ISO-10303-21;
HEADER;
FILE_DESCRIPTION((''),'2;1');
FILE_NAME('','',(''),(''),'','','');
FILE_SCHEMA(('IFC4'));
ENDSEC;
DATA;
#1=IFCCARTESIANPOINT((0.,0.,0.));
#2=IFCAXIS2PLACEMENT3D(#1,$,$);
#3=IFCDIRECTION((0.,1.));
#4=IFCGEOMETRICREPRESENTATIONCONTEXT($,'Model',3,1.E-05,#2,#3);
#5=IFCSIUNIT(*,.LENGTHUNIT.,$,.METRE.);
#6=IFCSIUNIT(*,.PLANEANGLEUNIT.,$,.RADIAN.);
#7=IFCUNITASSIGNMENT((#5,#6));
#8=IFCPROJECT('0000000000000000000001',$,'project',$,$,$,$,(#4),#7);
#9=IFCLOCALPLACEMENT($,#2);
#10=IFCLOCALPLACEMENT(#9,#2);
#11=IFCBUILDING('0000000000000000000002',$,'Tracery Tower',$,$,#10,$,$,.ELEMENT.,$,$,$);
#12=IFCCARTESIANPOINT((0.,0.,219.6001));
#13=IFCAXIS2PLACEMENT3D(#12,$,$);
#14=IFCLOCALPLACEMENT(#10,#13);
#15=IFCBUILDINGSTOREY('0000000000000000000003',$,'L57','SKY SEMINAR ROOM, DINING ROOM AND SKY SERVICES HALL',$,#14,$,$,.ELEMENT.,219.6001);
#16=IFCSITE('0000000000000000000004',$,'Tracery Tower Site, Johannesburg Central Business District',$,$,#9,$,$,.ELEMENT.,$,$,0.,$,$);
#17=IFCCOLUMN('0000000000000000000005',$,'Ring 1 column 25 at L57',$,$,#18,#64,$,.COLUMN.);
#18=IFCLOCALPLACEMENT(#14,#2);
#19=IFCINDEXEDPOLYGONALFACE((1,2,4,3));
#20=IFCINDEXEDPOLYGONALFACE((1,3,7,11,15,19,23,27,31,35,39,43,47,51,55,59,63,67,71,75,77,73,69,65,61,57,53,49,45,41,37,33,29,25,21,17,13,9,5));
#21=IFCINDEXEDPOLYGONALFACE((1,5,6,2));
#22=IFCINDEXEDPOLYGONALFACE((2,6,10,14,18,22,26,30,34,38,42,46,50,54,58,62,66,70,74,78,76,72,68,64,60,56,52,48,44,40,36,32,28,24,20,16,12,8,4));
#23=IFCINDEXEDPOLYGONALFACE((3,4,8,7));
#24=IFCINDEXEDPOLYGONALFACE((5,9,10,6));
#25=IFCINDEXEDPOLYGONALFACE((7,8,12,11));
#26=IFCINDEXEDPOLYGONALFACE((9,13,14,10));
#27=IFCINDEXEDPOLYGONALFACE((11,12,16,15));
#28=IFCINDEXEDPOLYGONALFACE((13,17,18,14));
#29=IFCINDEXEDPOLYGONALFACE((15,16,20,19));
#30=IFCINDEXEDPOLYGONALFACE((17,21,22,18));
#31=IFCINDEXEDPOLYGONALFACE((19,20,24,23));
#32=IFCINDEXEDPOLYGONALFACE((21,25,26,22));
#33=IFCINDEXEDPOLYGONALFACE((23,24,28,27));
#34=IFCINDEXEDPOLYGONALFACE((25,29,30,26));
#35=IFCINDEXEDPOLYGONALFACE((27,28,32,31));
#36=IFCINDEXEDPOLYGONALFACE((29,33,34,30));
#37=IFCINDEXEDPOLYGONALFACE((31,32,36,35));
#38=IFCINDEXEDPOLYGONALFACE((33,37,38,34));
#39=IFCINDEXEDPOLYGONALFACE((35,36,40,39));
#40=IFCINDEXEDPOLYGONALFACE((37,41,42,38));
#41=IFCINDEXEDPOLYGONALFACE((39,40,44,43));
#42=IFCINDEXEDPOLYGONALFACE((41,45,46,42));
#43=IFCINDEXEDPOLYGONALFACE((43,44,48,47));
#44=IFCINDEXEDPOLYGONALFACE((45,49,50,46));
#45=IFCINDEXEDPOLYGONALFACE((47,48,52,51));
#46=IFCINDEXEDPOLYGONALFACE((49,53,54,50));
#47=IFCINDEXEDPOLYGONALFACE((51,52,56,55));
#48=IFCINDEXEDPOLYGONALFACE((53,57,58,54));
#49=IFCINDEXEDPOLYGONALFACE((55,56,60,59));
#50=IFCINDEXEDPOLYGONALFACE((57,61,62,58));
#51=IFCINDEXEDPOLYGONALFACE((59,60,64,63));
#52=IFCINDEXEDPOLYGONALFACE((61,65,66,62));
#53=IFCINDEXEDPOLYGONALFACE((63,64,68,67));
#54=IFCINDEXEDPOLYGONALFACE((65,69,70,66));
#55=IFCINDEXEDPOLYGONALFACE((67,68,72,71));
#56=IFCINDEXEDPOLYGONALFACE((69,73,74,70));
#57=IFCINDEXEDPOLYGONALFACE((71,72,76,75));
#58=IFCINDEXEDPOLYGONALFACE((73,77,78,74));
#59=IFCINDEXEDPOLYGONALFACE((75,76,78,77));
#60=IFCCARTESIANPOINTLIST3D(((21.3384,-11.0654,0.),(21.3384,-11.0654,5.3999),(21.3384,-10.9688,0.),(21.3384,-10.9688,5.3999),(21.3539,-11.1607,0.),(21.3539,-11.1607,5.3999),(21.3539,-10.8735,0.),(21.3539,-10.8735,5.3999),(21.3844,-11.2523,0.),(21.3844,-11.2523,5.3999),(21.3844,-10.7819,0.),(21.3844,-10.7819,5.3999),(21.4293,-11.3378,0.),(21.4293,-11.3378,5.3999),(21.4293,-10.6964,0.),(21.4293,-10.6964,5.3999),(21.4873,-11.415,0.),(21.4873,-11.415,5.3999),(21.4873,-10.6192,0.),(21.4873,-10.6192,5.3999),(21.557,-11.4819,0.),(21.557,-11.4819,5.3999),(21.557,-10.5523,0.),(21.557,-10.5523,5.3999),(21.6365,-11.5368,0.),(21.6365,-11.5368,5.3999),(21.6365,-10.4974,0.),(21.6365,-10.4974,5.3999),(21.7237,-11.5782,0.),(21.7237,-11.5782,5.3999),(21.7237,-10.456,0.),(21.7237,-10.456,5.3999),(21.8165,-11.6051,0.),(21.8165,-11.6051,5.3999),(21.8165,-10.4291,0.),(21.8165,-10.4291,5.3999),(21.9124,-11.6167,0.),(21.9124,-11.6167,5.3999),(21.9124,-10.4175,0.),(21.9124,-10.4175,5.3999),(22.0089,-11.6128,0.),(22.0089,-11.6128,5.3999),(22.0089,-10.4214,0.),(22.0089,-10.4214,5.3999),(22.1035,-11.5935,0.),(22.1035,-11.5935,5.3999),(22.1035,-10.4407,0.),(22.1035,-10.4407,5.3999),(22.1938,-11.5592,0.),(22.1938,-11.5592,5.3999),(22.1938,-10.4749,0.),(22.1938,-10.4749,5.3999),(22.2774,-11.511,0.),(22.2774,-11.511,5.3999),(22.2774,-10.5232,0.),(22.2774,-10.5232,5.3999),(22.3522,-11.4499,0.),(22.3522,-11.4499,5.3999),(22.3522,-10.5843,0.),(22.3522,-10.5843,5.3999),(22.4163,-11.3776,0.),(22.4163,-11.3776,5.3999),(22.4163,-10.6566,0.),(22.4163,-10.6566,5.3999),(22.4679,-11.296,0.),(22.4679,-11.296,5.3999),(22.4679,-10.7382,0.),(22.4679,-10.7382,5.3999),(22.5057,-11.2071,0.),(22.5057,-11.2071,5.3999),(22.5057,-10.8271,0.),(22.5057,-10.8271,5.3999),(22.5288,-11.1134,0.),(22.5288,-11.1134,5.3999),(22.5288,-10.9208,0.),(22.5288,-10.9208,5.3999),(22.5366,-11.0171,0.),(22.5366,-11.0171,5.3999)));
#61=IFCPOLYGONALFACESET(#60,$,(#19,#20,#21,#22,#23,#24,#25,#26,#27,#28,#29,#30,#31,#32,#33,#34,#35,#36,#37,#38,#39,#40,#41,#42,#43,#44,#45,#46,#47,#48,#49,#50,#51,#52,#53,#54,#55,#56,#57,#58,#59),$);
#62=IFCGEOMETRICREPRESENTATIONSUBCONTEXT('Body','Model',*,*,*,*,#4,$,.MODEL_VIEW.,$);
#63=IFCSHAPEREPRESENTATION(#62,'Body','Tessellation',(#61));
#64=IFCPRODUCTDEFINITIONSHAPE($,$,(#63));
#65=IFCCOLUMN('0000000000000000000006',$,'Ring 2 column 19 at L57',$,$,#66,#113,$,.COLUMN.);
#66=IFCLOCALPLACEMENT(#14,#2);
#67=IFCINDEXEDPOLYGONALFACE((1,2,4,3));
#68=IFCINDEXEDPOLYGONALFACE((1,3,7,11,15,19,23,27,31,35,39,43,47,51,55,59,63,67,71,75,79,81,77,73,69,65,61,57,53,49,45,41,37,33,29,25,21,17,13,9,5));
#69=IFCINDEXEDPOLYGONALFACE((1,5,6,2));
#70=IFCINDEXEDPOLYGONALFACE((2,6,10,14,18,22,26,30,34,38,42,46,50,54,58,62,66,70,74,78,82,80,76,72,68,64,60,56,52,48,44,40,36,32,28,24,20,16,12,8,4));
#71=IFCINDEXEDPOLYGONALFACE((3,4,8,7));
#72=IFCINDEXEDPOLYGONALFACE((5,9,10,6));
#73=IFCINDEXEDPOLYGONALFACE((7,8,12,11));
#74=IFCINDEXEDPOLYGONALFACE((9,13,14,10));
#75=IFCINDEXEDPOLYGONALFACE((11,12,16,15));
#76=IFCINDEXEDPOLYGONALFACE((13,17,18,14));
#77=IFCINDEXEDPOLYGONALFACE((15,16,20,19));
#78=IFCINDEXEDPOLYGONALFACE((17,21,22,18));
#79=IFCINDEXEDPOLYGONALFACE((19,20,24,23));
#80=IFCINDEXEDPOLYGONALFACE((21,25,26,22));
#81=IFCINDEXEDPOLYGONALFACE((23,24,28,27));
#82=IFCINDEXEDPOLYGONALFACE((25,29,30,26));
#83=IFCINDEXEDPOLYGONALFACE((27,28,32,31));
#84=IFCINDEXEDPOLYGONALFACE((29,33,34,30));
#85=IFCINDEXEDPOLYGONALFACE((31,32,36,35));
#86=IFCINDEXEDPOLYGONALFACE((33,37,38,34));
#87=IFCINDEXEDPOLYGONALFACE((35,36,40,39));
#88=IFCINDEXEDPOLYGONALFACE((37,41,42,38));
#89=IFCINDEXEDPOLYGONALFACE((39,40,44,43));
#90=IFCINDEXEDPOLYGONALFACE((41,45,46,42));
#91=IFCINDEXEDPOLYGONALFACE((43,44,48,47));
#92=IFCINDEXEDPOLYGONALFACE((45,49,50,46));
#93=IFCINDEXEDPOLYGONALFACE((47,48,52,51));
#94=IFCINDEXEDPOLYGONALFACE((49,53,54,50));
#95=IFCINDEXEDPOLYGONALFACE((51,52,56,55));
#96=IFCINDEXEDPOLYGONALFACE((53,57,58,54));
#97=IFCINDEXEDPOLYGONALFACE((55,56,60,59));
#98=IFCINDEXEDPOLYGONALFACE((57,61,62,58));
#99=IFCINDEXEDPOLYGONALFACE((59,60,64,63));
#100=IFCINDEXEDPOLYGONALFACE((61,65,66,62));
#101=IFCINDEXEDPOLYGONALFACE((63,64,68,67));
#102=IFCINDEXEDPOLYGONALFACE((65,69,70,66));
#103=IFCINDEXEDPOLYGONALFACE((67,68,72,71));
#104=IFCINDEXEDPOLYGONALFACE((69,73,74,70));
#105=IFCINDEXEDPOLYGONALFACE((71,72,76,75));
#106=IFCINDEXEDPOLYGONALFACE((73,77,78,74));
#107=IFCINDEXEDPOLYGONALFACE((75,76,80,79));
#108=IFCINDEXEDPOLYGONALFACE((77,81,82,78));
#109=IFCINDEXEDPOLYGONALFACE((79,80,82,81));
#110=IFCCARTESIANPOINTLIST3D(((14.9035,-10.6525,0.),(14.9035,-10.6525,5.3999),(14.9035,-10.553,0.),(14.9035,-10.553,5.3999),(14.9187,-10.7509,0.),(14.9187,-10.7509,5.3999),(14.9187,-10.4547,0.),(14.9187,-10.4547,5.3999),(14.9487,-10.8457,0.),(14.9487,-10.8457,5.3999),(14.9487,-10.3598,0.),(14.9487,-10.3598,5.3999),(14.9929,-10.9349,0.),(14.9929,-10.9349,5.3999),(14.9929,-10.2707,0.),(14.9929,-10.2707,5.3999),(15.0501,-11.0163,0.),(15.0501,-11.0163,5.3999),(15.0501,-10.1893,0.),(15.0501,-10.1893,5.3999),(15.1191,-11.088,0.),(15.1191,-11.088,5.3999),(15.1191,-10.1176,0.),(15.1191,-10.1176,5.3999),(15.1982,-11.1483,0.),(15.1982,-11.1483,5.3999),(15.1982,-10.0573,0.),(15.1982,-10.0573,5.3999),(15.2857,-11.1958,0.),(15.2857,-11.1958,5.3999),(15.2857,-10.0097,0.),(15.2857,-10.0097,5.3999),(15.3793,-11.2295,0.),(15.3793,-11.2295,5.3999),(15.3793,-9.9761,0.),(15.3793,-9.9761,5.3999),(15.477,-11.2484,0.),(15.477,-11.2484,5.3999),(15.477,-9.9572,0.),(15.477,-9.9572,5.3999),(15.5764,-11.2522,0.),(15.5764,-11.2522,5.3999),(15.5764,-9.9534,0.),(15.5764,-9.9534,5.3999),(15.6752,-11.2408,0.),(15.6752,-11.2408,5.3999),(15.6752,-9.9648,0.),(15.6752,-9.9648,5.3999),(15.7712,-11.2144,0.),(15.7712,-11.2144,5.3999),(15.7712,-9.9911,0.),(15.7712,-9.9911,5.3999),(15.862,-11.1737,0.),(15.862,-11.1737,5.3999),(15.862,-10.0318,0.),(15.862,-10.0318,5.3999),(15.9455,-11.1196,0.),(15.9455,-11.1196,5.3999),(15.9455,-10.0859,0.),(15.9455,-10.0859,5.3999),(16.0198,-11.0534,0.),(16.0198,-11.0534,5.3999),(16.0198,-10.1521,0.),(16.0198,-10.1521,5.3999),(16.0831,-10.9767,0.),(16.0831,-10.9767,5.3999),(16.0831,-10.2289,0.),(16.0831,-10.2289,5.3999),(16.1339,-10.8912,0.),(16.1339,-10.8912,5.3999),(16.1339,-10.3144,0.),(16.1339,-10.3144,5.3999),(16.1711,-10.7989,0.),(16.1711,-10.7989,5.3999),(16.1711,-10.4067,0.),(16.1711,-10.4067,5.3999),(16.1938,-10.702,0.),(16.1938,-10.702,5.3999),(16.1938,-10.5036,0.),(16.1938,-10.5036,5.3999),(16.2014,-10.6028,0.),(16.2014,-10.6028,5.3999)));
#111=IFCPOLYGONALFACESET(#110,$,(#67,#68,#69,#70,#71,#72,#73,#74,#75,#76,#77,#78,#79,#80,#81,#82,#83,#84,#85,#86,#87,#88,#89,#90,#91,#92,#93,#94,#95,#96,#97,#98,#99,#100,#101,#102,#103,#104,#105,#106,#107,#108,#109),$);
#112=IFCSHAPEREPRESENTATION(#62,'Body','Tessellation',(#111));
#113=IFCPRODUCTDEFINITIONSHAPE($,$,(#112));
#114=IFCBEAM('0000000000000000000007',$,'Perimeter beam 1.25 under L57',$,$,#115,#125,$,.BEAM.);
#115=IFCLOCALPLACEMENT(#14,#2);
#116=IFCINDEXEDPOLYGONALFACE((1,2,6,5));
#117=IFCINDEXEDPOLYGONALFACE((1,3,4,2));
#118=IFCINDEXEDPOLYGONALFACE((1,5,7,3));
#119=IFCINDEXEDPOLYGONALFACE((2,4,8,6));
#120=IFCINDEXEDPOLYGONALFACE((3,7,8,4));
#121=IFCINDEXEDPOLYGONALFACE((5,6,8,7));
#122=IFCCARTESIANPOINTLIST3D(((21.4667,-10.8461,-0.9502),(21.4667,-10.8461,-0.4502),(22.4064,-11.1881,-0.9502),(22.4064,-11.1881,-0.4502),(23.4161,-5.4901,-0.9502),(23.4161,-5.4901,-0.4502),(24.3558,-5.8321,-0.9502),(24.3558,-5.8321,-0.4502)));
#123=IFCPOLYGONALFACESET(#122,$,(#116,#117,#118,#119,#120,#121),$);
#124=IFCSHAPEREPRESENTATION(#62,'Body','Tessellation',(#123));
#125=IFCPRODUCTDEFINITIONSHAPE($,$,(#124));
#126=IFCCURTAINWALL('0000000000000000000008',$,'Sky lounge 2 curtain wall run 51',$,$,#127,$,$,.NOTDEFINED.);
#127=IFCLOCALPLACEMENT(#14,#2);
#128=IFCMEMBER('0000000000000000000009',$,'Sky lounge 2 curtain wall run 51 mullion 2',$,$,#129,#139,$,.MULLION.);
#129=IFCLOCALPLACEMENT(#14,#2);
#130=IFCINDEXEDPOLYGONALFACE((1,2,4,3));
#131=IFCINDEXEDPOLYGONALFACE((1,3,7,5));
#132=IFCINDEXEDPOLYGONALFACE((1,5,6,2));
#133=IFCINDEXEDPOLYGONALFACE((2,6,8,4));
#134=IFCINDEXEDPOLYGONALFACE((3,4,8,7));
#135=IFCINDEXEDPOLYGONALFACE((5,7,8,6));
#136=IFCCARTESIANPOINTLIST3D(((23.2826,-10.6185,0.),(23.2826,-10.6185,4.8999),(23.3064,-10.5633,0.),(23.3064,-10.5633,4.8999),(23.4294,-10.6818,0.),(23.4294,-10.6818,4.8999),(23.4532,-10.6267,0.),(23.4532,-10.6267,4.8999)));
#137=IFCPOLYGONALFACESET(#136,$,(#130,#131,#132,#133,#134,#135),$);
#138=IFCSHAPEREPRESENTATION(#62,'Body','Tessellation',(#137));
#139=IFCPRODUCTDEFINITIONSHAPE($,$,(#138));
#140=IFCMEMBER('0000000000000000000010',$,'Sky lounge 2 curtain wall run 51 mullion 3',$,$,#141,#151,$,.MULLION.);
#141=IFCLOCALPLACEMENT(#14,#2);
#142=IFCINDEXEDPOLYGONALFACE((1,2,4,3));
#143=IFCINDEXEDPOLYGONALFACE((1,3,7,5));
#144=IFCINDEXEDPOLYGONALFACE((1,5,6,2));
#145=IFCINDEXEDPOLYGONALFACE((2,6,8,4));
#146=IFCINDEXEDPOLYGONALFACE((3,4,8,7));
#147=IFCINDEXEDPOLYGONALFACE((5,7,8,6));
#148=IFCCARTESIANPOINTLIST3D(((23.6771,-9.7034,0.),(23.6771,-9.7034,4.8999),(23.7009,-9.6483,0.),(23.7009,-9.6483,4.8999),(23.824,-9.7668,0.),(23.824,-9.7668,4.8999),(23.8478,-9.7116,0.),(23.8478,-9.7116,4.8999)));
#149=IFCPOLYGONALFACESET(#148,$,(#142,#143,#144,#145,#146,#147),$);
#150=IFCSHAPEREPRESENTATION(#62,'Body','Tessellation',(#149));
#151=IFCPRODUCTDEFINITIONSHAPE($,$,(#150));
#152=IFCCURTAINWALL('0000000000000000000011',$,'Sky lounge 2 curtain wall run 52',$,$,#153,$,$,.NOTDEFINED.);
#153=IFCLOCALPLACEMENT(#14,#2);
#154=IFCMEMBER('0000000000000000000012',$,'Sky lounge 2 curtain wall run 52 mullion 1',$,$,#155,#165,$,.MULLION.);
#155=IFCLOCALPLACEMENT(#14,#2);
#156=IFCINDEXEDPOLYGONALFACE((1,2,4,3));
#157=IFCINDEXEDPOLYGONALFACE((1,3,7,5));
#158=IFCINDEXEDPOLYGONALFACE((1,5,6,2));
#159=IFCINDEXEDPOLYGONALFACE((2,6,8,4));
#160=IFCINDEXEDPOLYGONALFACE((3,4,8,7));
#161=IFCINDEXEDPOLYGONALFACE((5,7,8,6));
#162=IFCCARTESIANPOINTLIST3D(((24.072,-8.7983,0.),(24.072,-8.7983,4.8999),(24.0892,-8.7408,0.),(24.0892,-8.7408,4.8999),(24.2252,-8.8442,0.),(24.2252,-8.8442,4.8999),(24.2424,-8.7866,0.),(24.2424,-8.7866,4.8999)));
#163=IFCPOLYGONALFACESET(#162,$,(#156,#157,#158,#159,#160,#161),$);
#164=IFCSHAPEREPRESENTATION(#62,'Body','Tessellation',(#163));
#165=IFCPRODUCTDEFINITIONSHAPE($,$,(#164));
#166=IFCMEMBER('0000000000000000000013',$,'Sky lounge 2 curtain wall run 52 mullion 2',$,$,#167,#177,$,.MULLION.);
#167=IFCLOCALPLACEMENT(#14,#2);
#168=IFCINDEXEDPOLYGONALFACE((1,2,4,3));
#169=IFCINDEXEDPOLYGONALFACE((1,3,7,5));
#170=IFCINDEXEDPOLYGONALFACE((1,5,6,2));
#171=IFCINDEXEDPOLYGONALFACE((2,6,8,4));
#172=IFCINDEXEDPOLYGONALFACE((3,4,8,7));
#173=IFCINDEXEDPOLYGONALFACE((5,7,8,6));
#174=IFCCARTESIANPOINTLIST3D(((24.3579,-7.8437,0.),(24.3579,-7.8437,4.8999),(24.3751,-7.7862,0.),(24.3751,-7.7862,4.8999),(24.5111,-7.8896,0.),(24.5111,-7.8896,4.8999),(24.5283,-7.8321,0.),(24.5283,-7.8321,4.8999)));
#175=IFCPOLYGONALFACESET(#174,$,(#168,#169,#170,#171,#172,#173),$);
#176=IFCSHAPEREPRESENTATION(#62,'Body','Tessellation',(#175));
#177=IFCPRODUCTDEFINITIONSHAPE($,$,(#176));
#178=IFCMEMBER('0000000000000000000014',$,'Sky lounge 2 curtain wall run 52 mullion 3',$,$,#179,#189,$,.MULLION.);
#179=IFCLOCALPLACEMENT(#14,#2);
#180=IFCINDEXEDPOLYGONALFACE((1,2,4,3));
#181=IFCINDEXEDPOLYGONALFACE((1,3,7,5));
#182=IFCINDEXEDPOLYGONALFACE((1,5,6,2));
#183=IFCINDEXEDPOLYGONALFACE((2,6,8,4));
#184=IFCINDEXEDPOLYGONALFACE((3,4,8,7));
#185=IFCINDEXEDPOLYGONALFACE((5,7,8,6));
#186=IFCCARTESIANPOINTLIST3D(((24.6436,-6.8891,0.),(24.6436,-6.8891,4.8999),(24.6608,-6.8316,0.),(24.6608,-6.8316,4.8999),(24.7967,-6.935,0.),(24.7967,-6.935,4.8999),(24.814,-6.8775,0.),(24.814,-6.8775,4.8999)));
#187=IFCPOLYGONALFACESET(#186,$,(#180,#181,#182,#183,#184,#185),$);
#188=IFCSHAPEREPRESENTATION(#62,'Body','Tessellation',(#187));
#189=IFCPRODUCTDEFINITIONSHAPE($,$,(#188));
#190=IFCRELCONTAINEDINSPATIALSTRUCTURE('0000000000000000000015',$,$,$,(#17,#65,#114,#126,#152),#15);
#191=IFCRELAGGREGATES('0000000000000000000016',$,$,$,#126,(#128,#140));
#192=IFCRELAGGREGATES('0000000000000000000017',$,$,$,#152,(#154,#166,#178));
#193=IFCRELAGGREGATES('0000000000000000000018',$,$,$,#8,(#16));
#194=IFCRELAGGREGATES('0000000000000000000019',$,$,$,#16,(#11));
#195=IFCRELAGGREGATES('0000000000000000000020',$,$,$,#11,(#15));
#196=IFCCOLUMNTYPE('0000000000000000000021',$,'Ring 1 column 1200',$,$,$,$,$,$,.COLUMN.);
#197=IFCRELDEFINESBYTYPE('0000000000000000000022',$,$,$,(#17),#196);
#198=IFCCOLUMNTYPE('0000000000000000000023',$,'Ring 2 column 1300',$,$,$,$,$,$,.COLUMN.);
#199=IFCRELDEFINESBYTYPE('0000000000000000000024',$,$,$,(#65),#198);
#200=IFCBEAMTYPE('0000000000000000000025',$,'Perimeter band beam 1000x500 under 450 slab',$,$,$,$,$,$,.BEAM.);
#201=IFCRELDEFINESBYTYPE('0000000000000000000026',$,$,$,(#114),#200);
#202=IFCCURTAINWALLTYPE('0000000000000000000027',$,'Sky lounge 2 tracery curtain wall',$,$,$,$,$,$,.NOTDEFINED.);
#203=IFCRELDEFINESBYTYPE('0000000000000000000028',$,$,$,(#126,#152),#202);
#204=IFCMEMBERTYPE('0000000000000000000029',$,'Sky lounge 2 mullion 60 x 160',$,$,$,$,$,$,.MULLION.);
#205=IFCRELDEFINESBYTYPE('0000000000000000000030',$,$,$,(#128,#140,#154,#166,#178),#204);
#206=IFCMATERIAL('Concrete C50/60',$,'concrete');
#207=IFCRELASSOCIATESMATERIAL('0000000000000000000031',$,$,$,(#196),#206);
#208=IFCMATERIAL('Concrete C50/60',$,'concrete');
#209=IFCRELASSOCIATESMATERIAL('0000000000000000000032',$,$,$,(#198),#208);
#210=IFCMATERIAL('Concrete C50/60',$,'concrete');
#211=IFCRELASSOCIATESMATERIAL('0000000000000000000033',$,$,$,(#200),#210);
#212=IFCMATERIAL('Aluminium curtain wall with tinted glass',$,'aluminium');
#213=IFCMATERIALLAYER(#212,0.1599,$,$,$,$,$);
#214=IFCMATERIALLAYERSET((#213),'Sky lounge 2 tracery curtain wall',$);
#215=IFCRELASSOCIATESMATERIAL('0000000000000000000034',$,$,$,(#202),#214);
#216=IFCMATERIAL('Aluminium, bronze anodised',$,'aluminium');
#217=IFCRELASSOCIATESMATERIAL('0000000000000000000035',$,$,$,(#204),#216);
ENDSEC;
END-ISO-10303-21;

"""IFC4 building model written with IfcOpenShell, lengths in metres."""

from ifc_helpers import new_model, si_unit, direction, frame, origin, origin_2d, place, context, subcontext, project, spatial, rectangle, circle, extrude, material, layer, layer_set, material_profile, profile_set, type_object, element, aggregate, save


model = new_model("IFC4")

# Units and contexts
model_context = context("Model", 3, precision=1e-05, world=origin(), true_north=direction((0.0, 1.0)))
body_context = subcontext(model_context, "Body", "Model", "MODEL_VIEW")
ifc_project = project(units=[si_unit("LENGTHUNIT", "METRE"), si_unit("PLANEANGLEUNIT", "RADIAN")], contexts=[model_context])

# Site, building, storey
site_placement = place(None, origin())
site = spatial("IfcSite", under=ifc_project, at=site_placement, Name="Tracery Tower Site, Johannesburg Central Business District", CompositionType="ELEMENT", RefElevation=0.0)
building_placement = place(site_placement, origin())
building = spatial("IfcBuilding", under=site, at=building_placement, Name="Tracery Tower", CompositionType="ELEMENT")
storey_placement = place(building_placement, frame((0.0, 0.0, 219.6001)))
storey = spatial("IfcBuildingStorey", under=building, at=storey_placement, Name="L57", Description="SKY SEMINAR ROOM, DINING ROOM AND SKY SERVICES HALL", CompositionType="ELEMENT", Elevation=219.6001)

# Columns
ifc_material_1 = material(Name="Concrete C50/60", Category="concrete")
ifc_material_profile_1 = material_profile(ifc_material_1, circle(Radius=0.6001, at=origin_2d()), Name="RC D1200")
ifc_profile_set_1 = profile_set([ifc_material_profile_1], Name="Concrete C50/60")
column_type_1 = type_object("IfcColumnType", Name="Ring 1 column 1200", PredefinedType="COLUMN", material=ifc_profile_set_1)
column_1_placement = place(storey_placement, frame((21.9365, -11.0171, 0.0), z_axis=(0.0, 0.0, 1.0), x_axis=(1.0, 0.0, 0.0)))
element("IfcColumn", 1, at=column_1_placement, inside=storey, type_object=column_type_1, Name="Ring 1 column 25 at L57", PredefinedType="COLUMN", context=body_context, shape_type="SweptSolid", body=[
    extrude(circle(Radius=0.6001, at=origin_2d()), origin(), (0.0, 0.0, 1.0), 5.3999),
])
ifc_material_2 = material(Name="Concrete C50/60", Category="concrete")
ifc_material_profile_2 = material_profile(ifc_material_2, circle(Radius=0.6499, at=origin_2d()), Name="RC D1300")
ifc_profile_set_2 = profile_set([ifc_material_profile_2], Name="Concrete C50/60")
column_type_2 = type_object("IfcColumnType", Name="Ring 2 column 1300", PredefinedType="COLUMN", material=ifc_profile_set_2)
column_2_placement = place(storey_placement, frame((15.5515, -10.6028, 0.0), z_axis=(0.0, 0.0, 1.0), x_axis=(1.0, 0.0, 0.0)))
element("IfcColumn", 2, at=column_2_placement, inside=storey, type_object=column_type_2, Name="Ring 2 column 19 at L57", PredefinedType="COLUMN", context=body_context, shape_type="SweptSolid", body=[
    extrude(circle(Radius=0.6499, at=origin_2d()), origin(), (0.0, 0.0, 1.0), 5.3999),
])

# Beam
ifc_material_3 = material(Name="Concrete C50/60", Category="concrete")
ifc_material_profile_3 = material_profile(ifc_material_3, rectangle(XDim=1.0, YDim=0.5, at=origin_2d()), Name="RC 1000x500")
ifc_profile_set_3 = profile_set([ifc_material_profile_3], Name="Concrete C50/60")
beam_type = type_object("IfcBeamType", Name="Perimeter band beam 1000x500 under 450 slab", PredefinedType="BEAM", material=ifc_profile_set_3)
beam_placement = place(storey_placement, frame((21.9365, -11.0171, -0.7002), z_axis=(0.342029, 0.93969, 0.0), x_axis=(-0.93969, 0.342029, 0.0)))
element("IfcBeam", 3, at=beam_placement, inside=storey, type_object=beam_type, Name="Perimeter beam 1.25 under L57", PredefinedType="BEAM", context=body_context, shape_type="SweptSolid", body=[
    extrude(rectangle(XDim=1.0, YDim=0.5, at=origin_2d()), origin(), (0.0, 0.0, 1.0), 5.6997),
])

# Curtain walls, members
ifc_material_4 = material(Name="Aluminium curtain wall with tinted glass", Category="aluminium")
ifc_layer_1 = layer(ifc_material_4, 0.1599)
ifc_layer_set_1 = layer_set([ifc_layer_1], Name="Sky lounge 2 tracery curtain wall")
curtain_wall_type = type_object("IfcCurtainWallType", Name="Sky lounge 2 tracery curtain wall", PredefinedType="NOTDEFINED", material=ifc_layer_set_1)
curtain_wall_1_placement = place(storey_placement, origin())
curtain_wall_1 = element("IfcCurtainWall", 4, at=curtain_wall_1_placement, inside=storey, type_object=curtain_wall_type, Name="Sky lounge 2 curtain wall run 51", PredefinedType="NOTDEFINED")
ifc_material_5 = material(Name="Aluminium, bronze anodised", Category="aluminium")
ifc_material_profile_4 = material_profile(ifc_material_5, rectangle(XDim=0.1599, YDim=0.0601, at=origin_2d()), Name="AL 60x160")
ifc_profile_set_4 = profile_set([ifc_material_profile_4], Name="Aluminium, bronze anodised")
member_type_1 = type_object("IfcMemberType", Name="Sky lounge 2 mullion 60 x 160", PredefinedType="MULLION", material=ifc_profile_set_4)
member_1_placement = place(storey_placement, frame((23.3679, -10.6226, 0.0), z_axis=(0.0, 0.0, 1.0), x_axis=(-0.918216, 0.39608, 0.0)))
member_1 = element("IfcMember", 5, at=member_1_placement, type_object=member_type_1, Name="Sky lounge 2 curtain wall run 51 mullion 2", PredefinedType="MULLION", context=body_context, shape_type="SweptSolid", body=[
    extrude(rectangle(XDim=0.1599, YDim=0.0601, at=origin_2d()), origin(), (0.0, 0.0, 1.0), 4.8999),
])
member_2_placement = place(storey_placement, frame((23.7625, -9.7075, 0.0), z_axis=(0.0, 0.0, 1.0), x_axis=(-0.918216, 0.39608, 0.0)))
member_2 = element("IfcMember", 6, at=member_2_placement, type_object=member_type_1, Name="Sky lounge 2 curtain wall run 51 mullion 3", PredefinedType="MULLION", context=body_context, shape_type="SweptSolid", body=[
    extrude(rectangle(XDim=0.1599, YDim=0.0601, at=origin_2d()), origin(), (0.0, 0.0, 1.0), 4.8999),
])
curtain_wall_2_placement = place(storey_placement, origin())
curtain_wall_2 = element("IfcCurtainWall", 7, at=curtain_wall_2_placement, inside=storey, type_object=curtain_wall_type, Name="Sky lounge 2 curtain wall run 52", PredefinedType="NOTDEFINED")
member_3_placement = place(storey_placement, frame((24.1572, -8.7925, 0.0), z_axis=(0.0, 0.0, 1.0), x_axis=(-0.95799, 0.286803, 0.0)))
member_3 = element("IfcMember", 8, at=member_3_placement, type_object=member_type_1, Name="Sky lounge 2 curtain wall run 52 mullion 1", PredefinedType="MULLION", context=body_context, shape_type="SweptSolid", body=[
    extrude(rectangle(XDim=0.1599, YDim=0.0601, at=origin_2d()), origin(), (0.0, 0.0, 1.0), 4.8999),
])
member_4_placement = place(storey_placement, frame((24.4431, -7.8379, 0.0), z_axis=(0.0, 0.0, 1.0), x_axis=(-0.95799, 0.286803, 0.0)))
member_4 = element("IfcMember", 9, at=member_4_placement, type_object=member_type_1, Name="Sky lounge 2 curtain wall run 52 mullion 2", PredefinedType="MULLION", context=body_context, shape_type="SweptSolid", body=[
    extrude(rectangle(XDim=0.1599, YDim=0.0601, at=origin_2d()), origin(), (0.0, 0.0, 1.0), 4.8999),
])
member_5_placement = place(storey_placement, frame((24.7288, -6.8833, 0.0), z_axis=(0.0, 0.0, 1.0), x_axis=(-0.95799, 0.286803, 0.0)))
member_5 = element("IfcMember", 10, at=member_5_placement, type_object=member_type_1, Name="Sky lounge 2 curtain wall run 52 mullion 3", PredefinedType="MULLION", context=body_context, shape_type="SweptSolid", body=[
    extrude(rectangle(XDim=0.1599, YDim=0.0601, at=origin_2d()), origin(), (0.0, 0.0, 1.0), 4.8999),
])

aggregate(curtain_wall_1, [member_1, member_2])
aggregate(curtain_wall_2, [member_3, member_4, member_5])

save(model, "model.ifc")
